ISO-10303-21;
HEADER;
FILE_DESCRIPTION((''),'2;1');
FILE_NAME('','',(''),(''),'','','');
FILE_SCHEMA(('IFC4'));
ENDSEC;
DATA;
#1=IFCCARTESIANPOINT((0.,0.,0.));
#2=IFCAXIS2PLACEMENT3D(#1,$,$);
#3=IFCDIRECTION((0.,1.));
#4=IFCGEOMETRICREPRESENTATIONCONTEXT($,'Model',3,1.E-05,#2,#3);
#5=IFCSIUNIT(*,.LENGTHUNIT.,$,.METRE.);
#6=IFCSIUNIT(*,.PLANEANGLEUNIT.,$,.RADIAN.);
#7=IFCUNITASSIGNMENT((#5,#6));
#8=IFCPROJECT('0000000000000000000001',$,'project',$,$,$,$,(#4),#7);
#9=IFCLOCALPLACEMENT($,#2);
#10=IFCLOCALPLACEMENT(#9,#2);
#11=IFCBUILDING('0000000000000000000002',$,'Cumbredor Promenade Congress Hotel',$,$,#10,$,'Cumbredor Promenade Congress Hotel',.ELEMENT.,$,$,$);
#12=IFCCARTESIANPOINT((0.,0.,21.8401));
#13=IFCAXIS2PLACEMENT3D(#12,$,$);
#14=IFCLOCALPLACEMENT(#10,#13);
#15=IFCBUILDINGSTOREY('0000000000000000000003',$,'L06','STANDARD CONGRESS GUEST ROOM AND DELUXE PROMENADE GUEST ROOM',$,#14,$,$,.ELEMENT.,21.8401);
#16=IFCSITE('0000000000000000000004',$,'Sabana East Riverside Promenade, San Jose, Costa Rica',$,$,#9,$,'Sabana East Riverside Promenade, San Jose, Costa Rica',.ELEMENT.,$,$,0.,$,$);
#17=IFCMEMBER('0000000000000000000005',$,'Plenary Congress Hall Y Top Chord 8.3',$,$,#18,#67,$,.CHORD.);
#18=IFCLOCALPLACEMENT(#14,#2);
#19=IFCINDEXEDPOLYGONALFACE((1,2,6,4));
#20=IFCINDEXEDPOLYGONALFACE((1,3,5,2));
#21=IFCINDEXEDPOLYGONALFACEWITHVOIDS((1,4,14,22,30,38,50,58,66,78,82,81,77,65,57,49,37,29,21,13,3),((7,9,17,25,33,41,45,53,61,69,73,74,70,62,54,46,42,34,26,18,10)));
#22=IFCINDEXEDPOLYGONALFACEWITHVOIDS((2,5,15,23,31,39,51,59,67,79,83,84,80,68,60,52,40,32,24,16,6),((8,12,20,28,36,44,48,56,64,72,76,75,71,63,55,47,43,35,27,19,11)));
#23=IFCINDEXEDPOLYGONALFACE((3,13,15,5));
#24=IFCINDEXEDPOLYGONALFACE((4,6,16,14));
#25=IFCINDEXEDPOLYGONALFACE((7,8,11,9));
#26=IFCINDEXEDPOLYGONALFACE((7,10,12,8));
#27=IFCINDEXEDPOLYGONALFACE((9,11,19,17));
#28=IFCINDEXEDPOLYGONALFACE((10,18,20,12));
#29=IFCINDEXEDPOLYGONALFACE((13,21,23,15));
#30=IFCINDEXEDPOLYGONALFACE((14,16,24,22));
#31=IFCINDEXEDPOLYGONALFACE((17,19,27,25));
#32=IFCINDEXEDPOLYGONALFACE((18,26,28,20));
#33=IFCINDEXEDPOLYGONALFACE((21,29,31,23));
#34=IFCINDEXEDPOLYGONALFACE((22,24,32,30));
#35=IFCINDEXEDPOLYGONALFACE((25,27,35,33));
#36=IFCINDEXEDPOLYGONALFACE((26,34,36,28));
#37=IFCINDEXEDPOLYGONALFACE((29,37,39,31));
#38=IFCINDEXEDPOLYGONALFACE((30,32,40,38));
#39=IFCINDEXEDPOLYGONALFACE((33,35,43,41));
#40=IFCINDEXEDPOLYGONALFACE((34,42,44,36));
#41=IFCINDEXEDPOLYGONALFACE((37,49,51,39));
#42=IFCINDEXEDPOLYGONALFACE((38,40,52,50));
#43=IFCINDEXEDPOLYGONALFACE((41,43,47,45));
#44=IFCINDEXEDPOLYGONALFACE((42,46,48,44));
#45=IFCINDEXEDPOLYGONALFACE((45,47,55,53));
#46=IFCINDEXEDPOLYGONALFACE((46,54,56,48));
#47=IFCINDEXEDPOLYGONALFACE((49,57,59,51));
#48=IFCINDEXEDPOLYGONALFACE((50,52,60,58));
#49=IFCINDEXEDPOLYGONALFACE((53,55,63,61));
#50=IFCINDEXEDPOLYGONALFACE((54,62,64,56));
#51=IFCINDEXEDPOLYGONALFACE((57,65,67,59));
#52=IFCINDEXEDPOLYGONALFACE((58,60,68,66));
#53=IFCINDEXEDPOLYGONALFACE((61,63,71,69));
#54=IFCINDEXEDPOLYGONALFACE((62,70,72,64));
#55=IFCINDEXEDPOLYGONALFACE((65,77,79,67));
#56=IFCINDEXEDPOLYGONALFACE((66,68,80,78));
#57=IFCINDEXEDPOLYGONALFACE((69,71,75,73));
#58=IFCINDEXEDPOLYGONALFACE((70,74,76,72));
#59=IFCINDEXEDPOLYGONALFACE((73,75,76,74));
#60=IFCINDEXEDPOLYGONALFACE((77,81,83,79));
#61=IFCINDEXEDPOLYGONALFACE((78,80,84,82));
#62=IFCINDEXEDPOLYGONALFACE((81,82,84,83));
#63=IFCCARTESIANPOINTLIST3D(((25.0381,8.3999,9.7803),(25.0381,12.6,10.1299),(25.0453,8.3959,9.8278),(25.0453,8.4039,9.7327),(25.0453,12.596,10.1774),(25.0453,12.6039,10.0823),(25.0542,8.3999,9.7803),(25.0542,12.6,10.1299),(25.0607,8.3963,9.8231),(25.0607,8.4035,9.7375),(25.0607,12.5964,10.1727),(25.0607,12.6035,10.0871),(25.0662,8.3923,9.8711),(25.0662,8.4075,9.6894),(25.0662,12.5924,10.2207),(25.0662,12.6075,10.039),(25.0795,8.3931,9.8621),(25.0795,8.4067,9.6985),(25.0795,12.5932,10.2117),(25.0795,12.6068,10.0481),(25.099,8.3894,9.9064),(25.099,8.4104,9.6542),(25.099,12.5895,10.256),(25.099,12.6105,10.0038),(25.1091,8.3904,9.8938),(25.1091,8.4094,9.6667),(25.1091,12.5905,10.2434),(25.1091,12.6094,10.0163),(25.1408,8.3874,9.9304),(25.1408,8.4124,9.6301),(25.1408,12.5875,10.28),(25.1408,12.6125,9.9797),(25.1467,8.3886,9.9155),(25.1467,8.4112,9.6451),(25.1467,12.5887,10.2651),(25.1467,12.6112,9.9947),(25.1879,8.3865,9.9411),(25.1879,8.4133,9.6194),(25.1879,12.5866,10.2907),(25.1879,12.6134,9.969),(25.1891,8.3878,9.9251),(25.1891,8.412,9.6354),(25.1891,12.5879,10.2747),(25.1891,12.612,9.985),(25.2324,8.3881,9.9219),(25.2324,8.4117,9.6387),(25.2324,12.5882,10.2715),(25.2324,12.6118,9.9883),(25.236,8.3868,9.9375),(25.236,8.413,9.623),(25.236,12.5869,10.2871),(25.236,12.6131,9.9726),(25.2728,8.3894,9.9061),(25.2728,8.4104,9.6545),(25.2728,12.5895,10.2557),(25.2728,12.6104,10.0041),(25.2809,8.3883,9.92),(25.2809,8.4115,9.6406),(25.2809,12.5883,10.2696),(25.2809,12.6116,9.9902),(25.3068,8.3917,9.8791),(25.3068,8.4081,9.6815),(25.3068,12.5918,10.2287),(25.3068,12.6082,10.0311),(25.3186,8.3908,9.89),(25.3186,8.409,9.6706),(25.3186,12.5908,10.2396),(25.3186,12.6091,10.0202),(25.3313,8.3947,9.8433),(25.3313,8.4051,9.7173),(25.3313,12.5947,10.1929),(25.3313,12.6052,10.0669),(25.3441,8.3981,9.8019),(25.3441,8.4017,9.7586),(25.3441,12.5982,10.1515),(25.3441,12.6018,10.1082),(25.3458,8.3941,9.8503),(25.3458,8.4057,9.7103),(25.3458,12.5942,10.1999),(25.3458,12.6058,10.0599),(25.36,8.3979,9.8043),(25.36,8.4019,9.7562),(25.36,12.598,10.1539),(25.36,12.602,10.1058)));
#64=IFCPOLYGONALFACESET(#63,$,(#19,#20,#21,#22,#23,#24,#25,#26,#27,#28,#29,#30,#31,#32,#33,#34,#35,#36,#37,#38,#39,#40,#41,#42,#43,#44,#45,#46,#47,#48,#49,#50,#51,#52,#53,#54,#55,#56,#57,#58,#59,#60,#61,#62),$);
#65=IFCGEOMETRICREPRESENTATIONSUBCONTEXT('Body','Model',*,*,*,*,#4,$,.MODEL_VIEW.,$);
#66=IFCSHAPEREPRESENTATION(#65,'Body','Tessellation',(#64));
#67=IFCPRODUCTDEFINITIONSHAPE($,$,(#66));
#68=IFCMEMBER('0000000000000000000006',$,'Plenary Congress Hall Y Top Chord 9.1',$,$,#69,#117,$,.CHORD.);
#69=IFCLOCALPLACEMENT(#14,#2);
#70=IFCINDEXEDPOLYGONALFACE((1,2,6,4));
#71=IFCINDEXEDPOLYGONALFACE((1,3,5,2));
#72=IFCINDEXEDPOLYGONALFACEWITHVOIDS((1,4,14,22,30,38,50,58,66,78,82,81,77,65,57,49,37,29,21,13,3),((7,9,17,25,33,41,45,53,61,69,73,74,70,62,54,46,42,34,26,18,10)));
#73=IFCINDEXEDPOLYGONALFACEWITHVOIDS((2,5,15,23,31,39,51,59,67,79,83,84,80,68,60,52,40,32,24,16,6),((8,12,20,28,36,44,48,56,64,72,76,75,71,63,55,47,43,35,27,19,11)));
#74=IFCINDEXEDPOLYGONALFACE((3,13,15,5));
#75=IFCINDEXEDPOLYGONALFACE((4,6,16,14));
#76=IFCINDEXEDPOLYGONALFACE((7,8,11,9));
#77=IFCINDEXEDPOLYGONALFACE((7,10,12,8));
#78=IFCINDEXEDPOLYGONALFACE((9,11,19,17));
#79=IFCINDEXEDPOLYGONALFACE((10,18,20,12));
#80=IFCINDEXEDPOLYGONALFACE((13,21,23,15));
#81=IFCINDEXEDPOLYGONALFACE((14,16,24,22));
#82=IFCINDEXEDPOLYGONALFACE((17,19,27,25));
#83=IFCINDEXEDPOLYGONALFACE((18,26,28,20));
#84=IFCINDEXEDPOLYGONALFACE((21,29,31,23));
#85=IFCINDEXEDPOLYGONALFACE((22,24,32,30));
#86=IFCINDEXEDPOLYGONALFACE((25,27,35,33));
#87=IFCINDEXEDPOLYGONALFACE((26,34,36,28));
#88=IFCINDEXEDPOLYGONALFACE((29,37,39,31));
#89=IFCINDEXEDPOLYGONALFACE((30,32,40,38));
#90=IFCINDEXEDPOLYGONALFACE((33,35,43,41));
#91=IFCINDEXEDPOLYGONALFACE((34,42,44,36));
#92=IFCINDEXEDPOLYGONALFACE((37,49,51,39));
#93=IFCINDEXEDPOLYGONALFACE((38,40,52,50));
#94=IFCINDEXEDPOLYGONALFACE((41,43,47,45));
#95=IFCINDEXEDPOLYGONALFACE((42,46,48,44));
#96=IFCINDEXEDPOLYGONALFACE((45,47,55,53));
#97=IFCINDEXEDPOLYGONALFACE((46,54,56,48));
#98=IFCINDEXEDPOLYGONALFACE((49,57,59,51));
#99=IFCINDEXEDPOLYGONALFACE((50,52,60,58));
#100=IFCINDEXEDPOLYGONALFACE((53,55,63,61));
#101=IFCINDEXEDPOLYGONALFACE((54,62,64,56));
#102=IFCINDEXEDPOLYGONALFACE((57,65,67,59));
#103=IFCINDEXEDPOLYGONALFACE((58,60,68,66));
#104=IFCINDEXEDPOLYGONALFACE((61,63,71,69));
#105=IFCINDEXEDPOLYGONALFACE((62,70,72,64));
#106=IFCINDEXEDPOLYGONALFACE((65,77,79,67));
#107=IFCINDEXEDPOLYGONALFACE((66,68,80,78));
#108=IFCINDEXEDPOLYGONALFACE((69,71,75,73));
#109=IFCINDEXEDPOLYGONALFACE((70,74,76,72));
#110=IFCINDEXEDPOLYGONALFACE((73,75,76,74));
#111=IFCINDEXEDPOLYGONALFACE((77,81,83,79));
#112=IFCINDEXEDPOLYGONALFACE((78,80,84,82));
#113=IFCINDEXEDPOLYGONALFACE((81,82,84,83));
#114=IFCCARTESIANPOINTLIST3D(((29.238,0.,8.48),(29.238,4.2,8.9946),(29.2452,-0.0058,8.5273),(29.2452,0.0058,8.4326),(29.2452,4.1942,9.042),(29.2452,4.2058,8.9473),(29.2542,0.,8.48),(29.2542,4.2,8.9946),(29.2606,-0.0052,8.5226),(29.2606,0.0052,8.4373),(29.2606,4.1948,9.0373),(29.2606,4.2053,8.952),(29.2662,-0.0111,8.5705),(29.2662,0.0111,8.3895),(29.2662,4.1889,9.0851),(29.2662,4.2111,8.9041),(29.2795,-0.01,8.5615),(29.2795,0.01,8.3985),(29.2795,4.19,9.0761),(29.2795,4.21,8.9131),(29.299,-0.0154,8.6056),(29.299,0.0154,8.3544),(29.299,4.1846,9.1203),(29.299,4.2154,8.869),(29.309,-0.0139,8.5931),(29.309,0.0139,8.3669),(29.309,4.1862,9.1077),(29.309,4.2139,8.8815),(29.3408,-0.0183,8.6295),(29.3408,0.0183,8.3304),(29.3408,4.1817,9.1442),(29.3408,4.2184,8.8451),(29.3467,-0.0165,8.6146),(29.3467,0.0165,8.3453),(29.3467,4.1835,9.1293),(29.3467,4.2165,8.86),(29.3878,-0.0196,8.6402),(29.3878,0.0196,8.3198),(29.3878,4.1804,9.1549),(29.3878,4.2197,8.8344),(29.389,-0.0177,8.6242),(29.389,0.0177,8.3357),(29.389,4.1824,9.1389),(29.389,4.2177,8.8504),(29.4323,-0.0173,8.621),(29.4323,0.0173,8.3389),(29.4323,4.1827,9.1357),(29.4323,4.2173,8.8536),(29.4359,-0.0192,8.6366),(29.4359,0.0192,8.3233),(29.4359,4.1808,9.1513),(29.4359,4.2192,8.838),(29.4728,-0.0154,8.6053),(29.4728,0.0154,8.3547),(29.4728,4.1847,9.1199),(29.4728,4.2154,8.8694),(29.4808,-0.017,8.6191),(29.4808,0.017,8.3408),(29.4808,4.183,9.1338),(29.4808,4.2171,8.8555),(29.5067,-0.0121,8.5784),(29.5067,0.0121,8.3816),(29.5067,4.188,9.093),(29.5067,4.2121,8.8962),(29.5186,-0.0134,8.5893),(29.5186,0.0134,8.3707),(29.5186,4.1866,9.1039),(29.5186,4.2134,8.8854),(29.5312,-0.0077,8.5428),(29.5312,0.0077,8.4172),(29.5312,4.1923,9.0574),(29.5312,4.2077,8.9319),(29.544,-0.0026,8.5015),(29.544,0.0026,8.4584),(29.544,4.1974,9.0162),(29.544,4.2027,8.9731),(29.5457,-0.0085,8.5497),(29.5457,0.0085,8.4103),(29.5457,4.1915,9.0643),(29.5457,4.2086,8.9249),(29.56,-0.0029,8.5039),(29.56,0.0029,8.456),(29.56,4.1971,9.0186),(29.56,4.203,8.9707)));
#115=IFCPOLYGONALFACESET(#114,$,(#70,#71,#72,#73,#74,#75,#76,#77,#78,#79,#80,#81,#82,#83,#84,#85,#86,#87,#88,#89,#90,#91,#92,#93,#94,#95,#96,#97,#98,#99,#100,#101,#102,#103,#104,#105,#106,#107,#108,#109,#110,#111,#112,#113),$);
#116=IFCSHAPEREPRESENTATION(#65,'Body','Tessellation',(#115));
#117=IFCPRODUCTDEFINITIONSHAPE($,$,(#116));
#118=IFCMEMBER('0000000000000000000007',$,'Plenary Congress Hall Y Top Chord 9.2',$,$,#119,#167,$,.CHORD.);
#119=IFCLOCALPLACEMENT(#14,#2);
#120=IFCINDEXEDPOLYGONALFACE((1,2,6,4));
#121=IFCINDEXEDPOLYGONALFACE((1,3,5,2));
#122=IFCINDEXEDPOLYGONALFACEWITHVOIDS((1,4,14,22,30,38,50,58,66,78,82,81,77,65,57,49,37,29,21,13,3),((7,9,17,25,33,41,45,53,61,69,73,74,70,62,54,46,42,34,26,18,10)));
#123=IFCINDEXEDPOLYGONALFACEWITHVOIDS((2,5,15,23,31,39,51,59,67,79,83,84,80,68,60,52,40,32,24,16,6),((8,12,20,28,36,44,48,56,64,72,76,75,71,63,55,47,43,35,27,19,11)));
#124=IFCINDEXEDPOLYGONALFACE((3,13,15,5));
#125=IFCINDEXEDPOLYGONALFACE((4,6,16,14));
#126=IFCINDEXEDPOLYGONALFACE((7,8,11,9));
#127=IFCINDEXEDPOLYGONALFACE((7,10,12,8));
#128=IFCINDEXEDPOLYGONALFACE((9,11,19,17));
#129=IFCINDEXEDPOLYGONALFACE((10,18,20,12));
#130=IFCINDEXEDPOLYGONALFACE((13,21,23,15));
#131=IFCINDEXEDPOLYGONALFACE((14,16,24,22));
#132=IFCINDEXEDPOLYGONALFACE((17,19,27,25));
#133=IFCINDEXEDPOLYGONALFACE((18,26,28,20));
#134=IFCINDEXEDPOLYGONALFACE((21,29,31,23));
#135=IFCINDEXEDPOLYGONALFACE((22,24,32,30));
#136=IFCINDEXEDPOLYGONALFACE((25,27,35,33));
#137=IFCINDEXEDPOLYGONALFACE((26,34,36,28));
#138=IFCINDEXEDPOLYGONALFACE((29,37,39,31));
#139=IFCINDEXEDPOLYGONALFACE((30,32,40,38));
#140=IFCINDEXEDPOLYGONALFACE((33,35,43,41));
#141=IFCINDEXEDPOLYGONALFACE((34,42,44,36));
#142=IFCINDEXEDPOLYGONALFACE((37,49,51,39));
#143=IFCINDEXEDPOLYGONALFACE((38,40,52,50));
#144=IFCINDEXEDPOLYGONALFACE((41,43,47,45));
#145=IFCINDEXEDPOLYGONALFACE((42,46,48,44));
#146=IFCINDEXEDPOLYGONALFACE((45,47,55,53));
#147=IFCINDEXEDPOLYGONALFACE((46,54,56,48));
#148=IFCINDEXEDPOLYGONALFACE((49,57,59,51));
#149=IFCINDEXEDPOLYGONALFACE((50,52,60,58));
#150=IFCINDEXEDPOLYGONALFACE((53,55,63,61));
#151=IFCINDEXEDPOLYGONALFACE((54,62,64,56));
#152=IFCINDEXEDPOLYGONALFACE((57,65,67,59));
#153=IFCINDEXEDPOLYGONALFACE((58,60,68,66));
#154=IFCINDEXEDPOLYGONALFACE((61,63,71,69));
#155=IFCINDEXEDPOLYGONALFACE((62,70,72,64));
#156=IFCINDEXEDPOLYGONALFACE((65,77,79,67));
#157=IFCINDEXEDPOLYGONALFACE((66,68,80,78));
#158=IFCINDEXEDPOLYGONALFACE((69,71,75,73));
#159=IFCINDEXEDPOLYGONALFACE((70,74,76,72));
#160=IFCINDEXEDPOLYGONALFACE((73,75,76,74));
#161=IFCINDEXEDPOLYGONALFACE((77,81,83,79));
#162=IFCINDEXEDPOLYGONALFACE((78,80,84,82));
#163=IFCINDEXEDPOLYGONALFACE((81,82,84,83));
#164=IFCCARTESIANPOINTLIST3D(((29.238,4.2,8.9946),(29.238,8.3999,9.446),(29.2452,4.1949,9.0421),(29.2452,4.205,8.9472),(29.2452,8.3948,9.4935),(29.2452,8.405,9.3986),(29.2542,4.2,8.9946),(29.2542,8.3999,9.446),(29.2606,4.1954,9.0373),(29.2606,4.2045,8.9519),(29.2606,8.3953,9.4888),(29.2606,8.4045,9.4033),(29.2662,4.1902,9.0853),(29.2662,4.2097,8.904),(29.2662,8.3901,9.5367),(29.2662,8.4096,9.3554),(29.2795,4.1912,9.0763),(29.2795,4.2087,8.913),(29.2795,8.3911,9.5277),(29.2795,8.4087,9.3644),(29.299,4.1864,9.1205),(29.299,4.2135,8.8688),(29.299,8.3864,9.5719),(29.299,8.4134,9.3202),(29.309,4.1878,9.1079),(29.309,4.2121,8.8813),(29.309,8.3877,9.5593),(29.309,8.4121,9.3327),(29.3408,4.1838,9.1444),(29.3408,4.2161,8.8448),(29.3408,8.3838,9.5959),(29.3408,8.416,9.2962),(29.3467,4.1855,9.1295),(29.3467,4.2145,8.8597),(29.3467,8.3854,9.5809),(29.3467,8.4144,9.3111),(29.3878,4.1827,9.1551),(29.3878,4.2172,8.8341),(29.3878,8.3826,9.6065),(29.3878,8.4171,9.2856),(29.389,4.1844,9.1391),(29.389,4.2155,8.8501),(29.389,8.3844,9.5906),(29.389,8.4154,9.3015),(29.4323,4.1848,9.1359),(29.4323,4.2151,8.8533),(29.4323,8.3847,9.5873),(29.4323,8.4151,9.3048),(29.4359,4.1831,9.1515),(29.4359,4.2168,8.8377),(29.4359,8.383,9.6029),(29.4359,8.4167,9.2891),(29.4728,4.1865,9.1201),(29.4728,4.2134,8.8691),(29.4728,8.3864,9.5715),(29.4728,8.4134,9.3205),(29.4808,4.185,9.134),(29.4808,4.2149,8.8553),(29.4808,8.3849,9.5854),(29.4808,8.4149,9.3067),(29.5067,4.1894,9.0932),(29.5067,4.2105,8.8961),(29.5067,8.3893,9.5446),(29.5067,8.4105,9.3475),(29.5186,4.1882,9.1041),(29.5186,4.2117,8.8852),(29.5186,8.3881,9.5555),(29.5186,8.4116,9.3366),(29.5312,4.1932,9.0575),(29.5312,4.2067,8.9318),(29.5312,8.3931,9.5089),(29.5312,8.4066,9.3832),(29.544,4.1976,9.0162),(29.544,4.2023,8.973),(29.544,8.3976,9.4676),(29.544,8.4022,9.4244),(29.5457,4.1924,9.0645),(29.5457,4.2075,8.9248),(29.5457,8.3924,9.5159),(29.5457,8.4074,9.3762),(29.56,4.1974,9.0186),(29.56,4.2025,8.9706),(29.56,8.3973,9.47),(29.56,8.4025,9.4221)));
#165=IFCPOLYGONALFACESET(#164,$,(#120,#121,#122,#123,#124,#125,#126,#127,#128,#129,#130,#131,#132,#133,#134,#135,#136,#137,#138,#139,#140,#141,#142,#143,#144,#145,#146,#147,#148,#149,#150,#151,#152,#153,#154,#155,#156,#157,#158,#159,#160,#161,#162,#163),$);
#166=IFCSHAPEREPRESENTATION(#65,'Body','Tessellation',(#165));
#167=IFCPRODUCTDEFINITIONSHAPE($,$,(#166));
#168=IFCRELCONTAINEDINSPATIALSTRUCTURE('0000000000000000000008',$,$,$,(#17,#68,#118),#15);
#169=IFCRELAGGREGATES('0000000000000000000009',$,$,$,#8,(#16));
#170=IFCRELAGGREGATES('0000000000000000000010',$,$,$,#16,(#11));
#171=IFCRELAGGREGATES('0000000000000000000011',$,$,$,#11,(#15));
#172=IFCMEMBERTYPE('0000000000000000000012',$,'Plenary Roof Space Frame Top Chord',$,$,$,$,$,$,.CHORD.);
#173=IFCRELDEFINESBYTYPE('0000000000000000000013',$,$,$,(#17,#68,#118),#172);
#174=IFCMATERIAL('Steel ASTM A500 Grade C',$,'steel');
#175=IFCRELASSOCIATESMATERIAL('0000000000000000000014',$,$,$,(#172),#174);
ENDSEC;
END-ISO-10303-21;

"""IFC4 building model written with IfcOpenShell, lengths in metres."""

from ifc_helpers import new_model, si_unit, direction, frame, origin, origin_2d, place, context, subcontext, project, spatial, hollow_circle, extrude, material, material_profile, profile_set, type_object, element, save


model = new_model("IFC4")

# Units and contexts
model_context = context("Model", 3, precision=1e-05, world=origin(), true_north=direction((0.0, 1.0)))
body_context = subcontext(model_context, "Body", "Model", "MODEL_VIEW")
ifc_project = project(units=[si_unit("LENGTHUNIT", "METRE"), si_unit("PLANEANGLEUNIT", "RADIAN")], contexts=[model_context])

# Site, building, storey
site_placement = place(None, origin())
site = spatial("IfcSite", under=ifc_project, at=site_placement, Name="Sabana East Riverside Promenade, San Jose, Costa Rica", LongName="Sabana East Riverside Promenade, San Jose, Costa Rica", CompositionType="ELEMENT", RefElevation=0.0)
building_placement = place(site_placement, origin())
building = spatial("IfcBuilding", under=site, at=building_placement, Name="Cumbredor Promenade Congress Hotel", LongName="Cumbredor Promenade Congress Hotel", CompositionType="ELEMENT")
storey_placement = place(building_placement, frame((0.0, 0.0, 21.8401)))
storey = spatial("IfcBuildingStorey", under=building, at=storey_placement, Name="L06", Description="STANDARD CONGRESS GUEST ROOM AND DELUXE PROMENADE GUEST ROOM", CompositionType="ELEMENT", Elevation=21.8401)

# Members
ifc_material_1 = material(Name="Steel ASTM A500 Grade C", Category="steel")
ifc_material_profile_1 = material_profile(ifc_material_1, hollow_circle(Radius=0.1619, WallThickness=0.0161, at=origin_2d()), Name="CHS 323.9x16")
ifc_profile_set_1 = profile_set([ifc_material_profile_1], Name="Steel ASTM A500 Grade C")
member_type_1 = type_object("IfcMemberType", Name="Plenary Roof Space Frame Top Chord", PredefinedType="CHORD", material=ifc_profile_set_1)
member_1_placement = place(storey_placement, frame((25.2, 8.3999, 9.7803), z_axis=(0.0, 0.996554, 0.08295), x_axis=(-1.0, 0.0, 0.0)))
element("IfcMember", 1, at=member_1_placement, inside=storey, type_object=member_type_1, Name="Plenary Congress Hall Y Top Chord 8.3", PredefinedType="CHORD", context=body_context, shape_type="SweptSolid", body=[
    extrude(hollow_circle(Radius=0.1619, WallThickness=0.0161, at=origin_2d()), origin(), (0.0, 0.0, 1.0), 4.2146),
])
member_2_placement = place(storey_placement, frame((29.3999, 0.0, 8.48), z_axis=(0.0, 0.992576, 0.121627), x_axis=(-1.0, 0.0, 0.0)))
element("IfcMember", 2, at=member_2_placement, inside=storey, type_object=member_type_1, Name="Plenary Congress Hall Y Top Chord 9.1", PredefinedType="CHORD", context=body_context, shape_type="SweptSolid", body=[
    extrude(hollow_circle(Radius=0.1619, WallThickness=0.0161, at=origin_2d()), origin(), (0.0, 0.0, 1.0), 4.2314),
])
member_3_placement = place(storey_placement, frame((29.3999, 4.2, 8.9946), z_axis=(0.0, 0.994273, 0.106866), x_axis=(-1.0, 0.0, 0.0)))
element("IfcMember", 3, at=member_3_placement, inside=storey, type_object=member_type_1, Name="Plenary Congress Hall Y Top Chord 9.2", PredefinedType="CHORD", context=body_context, shape_type="SweptSolid", body=[
    extrude(hollow_circle(Radius=0.1619, WallThickness=0.0161, at=origin_2d()), origin(), (0.0, 0.0, 1.0), 4.2241),
])

save(model, "model.ifc")
